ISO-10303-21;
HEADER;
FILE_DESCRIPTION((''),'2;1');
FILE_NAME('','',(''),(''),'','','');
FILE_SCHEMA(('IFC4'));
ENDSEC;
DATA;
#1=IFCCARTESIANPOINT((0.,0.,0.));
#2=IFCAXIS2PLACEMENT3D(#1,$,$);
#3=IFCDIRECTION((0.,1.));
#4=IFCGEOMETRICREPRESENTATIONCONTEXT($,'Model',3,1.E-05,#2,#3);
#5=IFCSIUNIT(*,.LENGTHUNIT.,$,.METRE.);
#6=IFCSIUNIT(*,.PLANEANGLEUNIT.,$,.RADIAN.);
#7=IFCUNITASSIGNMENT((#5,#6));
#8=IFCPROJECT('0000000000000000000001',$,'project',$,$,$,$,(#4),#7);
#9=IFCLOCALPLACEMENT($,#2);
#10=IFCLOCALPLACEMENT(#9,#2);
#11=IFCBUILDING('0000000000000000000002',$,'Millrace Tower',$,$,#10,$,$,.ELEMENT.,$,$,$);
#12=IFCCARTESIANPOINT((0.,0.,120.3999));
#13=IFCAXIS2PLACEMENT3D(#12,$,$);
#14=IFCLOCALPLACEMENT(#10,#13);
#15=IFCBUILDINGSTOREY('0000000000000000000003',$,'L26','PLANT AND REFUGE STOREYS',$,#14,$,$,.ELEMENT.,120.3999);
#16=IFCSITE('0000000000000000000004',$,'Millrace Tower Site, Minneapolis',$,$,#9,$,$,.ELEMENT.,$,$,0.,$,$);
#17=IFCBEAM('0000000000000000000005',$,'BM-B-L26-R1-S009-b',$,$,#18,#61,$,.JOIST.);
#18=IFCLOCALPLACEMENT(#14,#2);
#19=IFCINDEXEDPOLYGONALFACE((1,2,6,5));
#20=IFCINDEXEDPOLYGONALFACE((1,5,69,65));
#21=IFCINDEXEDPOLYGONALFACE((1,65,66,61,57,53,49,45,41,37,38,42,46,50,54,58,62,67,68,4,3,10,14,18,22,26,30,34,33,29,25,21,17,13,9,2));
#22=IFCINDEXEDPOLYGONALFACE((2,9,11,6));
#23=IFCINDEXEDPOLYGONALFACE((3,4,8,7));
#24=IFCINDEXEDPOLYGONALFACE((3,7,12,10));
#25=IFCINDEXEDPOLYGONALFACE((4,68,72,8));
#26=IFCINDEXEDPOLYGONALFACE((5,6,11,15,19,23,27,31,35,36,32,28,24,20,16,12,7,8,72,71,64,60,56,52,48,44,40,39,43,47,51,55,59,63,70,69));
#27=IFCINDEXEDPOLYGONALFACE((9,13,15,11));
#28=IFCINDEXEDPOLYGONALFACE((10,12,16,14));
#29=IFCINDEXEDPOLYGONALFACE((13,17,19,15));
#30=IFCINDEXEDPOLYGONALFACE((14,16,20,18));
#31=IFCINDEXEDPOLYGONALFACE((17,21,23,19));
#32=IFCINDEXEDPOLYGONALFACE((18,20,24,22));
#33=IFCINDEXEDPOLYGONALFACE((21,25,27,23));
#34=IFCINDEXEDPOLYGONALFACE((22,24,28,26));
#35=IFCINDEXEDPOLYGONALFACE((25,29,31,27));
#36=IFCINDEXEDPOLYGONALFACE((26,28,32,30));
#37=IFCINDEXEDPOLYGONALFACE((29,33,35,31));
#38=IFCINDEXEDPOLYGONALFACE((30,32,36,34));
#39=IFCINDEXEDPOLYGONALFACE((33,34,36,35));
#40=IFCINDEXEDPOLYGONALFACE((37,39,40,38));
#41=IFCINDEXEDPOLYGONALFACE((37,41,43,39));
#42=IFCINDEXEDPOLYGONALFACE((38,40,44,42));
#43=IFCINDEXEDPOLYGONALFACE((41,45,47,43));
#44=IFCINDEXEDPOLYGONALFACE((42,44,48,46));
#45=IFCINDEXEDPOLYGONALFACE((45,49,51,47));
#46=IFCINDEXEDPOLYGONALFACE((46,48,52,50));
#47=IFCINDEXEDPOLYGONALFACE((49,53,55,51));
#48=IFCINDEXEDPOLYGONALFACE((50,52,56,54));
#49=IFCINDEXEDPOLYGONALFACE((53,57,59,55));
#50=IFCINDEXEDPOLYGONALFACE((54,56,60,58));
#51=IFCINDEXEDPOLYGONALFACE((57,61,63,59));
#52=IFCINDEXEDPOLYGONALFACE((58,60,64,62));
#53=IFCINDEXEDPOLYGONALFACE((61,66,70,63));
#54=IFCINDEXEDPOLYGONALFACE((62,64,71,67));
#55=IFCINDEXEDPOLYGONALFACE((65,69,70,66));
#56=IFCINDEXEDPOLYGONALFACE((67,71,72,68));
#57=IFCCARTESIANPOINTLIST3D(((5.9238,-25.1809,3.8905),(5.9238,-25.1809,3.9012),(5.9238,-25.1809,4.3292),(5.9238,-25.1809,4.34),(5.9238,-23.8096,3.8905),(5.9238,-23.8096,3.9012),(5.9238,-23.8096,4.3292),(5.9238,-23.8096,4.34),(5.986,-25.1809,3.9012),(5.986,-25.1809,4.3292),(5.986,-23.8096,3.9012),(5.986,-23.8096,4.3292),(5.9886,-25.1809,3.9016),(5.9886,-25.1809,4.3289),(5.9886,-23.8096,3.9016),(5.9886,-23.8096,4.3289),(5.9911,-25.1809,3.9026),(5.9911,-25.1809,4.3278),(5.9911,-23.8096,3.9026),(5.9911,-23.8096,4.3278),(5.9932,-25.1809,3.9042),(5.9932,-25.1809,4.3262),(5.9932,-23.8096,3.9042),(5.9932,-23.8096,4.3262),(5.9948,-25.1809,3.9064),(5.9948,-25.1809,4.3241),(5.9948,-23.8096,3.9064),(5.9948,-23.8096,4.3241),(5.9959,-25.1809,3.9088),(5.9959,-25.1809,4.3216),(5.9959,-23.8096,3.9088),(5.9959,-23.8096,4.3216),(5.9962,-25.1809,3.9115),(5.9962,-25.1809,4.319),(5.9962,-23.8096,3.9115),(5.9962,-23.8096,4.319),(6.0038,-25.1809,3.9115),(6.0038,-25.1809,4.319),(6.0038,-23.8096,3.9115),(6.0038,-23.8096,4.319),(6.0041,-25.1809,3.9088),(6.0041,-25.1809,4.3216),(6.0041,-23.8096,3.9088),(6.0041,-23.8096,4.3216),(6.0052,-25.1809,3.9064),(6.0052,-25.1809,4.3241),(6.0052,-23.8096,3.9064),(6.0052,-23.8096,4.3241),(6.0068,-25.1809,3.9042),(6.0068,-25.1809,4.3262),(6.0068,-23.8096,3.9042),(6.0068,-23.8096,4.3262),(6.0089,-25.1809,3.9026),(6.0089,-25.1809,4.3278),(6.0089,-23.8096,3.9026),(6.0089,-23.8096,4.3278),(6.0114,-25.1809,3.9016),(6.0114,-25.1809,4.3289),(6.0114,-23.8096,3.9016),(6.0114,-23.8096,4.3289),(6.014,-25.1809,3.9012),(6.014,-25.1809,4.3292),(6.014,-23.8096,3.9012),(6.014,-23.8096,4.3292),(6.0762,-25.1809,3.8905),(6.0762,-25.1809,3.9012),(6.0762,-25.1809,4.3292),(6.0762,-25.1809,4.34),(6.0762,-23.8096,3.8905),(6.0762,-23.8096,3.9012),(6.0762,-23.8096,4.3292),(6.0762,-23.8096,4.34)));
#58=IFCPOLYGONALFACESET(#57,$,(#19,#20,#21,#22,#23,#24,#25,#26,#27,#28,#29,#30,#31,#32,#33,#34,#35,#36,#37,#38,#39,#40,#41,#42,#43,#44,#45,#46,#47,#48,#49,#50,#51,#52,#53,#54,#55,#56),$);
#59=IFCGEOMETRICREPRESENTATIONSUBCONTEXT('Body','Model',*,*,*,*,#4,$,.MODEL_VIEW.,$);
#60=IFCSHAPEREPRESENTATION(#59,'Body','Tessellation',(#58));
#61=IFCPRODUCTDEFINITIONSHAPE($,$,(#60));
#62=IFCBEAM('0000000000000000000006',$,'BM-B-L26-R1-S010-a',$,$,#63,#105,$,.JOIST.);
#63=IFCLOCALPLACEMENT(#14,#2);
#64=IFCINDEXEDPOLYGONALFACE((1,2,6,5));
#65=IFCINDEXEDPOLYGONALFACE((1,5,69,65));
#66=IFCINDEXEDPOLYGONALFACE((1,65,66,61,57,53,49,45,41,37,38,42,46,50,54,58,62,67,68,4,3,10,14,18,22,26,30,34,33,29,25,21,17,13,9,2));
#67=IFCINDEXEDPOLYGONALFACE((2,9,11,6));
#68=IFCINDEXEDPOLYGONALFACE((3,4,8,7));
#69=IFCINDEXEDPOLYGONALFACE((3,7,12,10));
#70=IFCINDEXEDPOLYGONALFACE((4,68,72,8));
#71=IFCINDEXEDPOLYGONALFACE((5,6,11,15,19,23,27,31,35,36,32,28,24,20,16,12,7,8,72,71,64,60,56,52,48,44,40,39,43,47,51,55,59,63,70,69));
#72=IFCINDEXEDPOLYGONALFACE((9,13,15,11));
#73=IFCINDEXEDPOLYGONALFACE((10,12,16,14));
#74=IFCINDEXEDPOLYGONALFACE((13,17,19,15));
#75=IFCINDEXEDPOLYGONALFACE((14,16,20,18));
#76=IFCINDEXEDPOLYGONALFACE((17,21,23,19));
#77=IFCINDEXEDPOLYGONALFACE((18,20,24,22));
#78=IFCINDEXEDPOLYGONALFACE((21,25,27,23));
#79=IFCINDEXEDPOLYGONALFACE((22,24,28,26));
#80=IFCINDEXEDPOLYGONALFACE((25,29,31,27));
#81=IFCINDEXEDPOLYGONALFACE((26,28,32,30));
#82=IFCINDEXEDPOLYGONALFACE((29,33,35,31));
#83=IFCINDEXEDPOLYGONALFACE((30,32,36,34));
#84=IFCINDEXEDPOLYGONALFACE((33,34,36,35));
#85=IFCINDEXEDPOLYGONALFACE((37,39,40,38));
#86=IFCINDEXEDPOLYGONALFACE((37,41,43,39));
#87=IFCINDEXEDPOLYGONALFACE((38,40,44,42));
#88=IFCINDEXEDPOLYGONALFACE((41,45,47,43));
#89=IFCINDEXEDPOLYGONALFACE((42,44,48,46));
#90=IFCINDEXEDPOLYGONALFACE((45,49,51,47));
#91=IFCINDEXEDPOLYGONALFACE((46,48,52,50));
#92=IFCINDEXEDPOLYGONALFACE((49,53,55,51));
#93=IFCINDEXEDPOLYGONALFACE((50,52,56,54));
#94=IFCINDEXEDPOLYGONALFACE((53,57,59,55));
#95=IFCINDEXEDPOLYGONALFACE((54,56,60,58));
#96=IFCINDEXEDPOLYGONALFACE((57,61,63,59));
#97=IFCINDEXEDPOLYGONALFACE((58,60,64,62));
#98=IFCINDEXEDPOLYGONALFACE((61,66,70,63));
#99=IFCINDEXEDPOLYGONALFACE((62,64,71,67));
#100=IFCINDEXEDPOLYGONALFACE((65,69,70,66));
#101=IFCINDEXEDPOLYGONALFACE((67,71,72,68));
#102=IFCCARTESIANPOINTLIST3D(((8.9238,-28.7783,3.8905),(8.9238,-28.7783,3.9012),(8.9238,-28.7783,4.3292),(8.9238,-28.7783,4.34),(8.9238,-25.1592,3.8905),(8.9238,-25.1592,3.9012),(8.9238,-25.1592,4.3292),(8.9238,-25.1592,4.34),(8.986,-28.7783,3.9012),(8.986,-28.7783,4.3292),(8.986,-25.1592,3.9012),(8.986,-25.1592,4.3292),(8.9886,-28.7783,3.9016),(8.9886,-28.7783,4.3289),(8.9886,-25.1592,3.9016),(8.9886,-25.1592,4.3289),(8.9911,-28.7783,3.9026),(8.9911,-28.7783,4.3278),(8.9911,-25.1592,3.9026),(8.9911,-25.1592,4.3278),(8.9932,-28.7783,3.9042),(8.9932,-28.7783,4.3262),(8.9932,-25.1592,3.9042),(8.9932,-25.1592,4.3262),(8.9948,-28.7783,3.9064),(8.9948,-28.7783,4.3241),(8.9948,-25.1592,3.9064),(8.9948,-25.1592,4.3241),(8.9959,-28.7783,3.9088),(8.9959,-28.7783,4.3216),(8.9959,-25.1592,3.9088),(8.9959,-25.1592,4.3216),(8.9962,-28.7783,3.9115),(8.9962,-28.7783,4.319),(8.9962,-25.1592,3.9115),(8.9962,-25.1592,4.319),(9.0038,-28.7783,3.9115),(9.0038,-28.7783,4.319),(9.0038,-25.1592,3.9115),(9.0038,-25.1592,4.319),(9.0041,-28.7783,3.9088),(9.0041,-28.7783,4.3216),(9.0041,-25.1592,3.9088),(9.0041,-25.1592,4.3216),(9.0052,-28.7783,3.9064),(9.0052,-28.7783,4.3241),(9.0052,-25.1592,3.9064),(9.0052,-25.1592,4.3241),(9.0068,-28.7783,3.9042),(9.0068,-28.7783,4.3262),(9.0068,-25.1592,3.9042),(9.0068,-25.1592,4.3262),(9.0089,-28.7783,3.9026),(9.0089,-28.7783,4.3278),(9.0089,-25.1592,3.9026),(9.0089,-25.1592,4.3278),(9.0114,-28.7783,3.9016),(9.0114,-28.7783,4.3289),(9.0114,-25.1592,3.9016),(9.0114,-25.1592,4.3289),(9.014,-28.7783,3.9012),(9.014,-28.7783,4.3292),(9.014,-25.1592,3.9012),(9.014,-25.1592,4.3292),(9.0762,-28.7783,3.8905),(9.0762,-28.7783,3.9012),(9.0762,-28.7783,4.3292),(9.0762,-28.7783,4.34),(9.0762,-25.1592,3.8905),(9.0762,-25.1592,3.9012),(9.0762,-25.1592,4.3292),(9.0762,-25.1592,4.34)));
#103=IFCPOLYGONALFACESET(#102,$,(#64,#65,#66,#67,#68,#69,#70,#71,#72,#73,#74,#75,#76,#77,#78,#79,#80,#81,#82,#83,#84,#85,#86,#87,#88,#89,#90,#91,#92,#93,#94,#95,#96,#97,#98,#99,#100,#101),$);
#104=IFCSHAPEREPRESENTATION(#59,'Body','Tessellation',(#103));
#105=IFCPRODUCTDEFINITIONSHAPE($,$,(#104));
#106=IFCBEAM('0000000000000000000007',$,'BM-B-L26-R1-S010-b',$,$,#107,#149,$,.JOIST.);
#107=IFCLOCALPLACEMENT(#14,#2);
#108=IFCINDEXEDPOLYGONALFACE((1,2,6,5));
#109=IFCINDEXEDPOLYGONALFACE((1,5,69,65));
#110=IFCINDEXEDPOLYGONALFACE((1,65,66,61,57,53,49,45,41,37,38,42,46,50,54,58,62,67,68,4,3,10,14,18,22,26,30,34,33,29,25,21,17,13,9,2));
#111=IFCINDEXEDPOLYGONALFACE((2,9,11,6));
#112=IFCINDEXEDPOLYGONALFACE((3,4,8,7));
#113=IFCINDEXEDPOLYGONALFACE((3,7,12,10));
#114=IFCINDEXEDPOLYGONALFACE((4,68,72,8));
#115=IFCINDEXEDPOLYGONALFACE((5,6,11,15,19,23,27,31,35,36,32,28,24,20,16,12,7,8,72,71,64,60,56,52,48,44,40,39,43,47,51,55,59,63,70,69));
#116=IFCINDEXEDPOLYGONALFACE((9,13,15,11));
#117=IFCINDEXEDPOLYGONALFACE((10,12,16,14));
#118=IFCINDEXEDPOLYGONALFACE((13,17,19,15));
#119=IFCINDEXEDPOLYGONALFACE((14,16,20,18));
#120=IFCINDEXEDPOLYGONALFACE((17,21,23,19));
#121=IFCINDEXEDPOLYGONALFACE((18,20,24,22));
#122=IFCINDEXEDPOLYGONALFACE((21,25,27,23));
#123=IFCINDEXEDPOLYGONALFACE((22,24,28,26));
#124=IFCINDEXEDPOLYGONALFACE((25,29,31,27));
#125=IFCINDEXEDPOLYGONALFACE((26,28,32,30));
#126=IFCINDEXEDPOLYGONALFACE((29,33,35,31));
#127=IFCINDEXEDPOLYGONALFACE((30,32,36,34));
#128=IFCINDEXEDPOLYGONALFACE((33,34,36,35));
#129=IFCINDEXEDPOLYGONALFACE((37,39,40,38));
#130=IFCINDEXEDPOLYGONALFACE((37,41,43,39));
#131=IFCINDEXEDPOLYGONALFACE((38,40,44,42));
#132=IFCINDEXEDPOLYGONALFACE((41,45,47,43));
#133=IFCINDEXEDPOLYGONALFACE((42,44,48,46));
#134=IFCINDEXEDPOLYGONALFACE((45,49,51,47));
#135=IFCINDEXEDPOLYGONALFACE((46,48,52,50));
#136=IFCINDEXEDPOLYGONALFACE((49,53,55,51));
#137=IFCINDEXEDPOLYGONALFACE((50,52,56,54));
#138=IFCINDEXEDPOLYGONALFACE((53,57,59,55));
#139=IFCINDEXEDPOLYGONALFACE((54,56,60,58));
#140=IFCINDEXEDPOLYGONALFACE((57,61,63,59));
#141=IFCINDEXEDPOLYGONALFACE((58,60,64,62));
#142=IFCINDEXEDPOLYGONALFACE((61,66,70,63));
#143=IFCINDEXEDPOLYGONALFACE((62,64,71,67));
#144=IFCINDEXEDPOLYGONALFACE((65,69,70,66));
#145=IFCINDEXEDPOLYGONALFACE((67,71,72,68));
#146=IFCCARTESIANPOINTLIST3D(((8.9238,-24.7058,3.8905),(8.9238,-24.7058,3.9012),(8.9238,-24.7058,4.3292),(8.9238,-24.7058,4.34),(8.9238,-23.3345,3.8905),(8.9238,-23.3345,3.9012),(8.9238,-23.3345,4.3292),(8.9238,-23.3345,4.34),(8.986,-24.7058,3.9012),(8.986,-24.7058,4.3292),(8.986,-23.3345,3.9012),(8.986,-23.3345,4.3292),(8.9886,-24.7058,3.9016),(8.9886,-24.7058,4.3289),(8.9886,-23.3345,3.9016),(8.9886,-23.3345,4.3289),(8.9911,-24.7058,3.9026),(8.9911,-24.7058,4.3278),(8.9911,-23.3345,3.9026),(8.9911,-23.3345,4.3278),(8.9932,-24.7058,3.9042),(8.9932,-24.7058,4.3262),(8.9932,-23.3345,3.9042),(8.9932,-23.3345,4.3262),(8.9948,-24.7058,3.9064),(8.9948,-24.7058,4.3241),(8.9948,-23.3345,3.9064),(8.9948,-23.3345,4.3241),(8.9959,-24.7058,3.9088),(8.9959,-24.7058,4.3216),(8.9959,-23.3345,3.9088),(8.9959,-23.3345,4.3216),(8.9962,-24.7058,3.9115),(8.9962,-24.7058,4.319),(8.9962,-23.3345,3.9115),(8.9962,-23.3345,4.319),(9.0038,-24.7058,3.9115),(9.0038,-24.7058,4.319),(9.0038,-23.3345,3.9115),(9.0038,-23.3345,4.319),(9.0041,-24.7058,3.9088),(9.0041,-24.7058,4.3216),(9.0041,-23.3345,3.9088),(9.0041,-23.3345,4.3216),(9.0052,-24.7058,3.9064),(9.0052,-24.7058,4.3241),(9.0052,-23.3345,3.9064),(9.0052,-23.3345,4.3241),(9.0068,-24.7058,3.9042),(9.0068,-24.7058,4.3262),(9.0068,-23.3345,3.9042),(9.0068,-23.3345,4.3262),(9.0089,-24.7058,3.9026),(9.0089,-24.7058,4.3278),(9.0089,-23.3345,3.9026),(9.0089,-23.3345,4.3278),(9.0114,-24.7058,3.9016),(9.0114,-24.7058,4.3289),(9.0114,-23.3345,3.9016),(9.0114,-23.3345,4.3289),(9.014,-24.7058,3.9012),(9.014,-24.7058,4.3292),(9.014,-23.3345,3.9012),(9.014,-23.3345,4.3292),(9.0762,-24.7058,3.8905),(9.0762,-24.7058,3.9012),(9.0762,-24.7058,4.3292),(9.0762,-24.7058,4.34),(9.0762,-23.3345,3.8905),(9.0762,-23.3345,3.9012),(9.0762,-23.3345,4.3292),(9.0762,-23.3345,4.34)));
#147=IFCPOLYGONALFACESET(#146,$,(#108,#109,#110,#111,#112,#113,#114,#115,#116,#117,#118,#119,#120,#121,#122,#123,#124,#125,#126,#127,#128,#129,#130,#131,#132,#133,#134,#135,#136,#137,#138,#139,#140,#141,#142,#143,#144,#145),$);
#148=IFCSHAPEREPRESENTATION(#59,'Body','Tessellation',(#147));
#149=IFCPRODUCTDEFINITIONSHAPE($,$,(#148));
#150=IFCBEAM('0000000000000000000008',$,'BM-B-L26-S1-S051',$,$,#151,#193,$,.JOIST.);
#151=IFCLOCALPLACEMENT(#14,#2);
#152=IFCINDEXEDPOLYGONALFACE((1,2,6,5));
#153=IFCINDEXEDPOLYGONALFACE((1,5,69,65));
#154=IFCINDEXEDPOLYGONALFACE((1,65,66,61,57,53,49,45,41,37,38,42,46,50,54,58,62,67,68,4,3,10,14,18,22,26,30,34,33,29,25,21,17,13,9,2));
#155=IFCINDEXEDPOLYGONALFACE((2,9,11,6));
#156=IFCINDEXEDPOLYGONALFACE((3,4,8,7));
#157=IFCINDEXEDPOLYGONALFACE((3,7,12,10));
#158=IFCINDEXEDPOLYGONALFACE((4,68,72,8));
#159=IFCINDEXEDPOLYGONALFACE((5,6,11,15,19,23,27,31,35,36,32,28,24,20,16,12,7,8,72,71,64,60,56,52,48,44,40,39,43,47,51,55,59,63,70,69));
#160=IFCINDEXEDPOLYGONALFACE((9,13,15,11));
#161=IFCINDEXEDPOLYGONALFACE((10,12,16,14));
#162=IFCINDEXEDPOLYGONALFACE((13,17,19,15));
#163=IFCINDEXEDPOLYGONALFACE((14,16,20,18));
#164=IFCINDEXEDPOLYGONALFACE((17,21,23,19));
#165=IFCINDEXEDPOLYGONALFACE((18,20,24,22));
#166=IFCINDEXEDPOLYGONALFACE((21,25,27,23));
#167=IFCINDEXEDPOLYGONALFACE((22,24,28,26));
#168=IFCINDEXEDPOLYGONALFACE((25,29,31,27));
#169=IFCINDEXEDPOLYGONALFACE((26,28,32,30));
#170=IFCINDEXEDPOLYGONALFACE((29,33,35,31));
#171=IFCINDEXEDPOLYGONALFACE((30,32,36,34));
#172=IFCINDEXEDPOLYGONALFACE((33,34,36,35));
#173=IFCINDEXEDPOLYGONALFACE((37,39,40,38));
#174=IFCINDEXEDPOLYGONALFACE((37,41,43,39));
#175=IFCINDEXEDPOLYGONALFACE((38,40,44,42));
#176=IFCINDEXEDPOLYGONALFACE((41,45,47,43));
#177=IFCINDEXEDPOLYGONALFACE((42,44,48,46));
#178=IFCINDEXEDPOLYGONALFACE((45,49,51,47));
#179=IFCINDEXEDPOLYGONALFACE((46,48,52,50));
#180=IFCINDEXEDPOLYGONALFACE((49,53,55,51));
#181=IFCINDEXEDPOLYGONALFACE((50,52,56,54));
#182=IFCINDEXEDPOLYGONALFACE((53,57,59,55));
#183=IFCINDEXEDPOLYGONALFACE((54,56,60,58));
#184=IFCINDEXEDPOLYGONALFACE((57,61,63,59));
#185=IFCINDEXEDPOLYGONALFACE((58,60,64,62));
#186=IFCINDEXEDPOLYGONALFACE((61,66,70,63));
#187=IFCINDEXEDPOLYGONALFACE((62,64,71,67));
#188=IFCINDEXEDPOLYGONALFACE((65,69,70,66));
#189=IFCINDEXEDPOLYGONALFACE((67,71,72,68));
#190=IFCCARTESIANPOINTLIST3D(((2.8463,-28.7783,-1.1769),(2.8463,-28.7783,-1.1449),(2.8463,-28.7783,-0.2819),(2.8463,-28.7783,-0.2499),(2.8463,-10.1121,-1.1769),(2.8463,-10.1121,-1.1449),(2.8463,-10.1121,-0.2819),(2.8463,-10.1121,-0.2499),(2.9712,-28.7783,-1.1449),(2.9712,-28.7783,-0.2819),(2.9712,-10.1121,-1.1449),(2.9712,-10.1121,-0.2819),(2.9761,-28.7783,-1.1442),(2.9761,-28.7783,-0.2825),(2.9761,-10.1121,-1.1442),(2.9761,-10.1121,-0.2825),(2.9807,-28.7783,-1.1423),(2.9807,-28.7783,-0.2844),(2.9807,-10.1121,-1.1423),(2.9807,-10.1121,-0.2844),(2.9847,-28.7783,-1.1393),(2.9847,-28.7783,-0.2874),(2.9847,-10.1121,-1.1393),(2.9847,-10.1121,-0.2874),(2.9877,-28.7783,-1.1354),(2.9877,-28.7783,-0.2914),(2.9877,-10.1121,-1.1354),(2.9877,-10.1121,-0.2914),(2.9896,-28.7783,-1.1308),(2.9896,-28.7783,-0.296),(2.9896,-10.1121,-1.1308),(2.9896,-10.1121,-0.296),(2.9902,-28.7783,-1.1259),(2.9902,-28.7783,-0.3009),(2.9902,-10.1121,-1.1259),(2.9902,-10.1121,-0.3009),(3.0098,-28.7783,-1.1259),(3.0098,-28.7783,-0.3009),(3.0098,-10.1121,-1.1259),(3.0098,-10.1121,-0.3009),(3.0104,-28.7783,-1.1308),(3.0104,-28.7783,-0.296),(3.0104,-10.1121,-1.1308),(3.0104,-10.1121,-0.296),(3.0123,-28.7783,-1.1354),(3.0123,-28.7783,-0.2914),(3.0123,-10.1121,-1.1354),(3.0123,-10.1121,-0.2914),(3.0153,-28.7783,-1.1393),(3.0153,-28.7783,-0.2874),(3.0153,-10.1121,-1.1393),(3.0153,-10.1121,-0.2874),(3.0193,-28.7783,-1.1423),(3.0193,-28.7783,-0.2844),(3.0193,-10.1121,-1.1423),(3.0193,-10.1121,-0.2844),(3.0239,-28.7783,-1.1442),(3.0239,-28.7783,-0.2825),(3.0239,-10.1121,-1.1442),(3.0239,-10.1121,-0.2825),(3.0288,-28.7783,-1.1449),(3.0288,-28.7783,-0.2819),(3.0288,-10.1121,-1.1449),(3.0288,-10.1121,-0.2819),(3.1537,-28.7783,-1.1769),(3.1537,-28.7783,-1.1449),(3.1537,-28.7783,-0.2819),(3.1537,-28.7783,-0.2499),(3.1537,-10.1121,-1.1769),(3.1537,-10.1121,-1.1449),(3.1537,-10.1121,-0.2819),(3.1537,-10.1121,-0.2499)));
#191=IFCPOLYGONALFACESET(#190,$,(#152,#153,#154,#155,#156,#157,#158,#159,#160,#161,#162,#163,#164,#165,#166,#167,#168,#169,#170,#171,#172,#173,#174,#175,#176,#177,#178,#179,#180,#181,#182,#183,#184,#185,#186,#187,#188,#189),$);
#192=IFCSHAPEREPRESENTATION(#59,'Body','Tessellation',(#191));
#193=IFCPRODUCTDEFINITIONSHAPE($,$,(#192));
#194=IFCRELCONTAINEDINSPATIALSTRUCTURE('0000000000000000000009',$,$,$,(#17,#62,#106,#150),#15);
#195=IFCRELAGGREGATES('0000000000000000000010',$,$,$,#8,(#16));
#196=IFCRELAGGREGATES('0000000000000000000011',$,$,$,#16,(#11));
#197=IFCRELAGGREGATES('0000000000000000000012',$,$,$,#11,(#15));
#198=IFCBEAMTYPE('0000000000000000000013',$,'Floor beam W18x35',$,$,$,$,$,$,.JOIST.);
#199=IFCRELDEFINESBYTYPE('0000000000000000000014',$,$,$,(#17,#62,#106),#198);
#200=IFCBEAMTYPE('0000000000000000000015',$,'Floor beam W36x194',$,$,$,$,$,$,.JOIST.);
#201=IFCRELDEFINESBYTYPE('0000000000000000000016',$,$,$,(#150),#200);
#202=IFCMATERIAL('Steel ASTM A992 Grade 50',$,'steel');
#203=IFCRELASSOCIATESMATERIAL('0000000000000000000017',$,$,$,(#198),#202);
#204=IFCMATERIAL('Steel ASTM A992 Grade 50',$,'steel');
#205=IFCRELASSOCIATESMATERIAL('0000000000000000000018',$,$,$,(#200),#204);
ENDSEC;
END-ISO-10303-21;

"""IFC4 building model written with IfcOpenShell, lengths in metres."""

from ifc_helpers import new_model, si_unit, direction, frame, origin, origin_2d, place, context, subcontext, project, spatial, i_section, extrude, material, material_profile, profile_set, type_object, element, save


model = new_model("IFC4")

# Units and contexts
model_context = context("Model", 3, precision=1e-05, world=origin(), true_north=direction((0.0, 1.0)))
body_context = subcontext(model_context, "Body", "Model", "MODEL_VIEW")
ifc_project = project(units=[si_unit("LENGTHUNIT", "METRE"), si_unit("PLANEANGLEUNIT", "RADIAN")], contexts=[model_context])

# Site, building, storey
site_placement = place(None, origin())
site = spatial("IfcSite", under=ifc_project, at=site_placement, Name="Millrace Tower Site, Minneapolis", CompositionType="ELEMENT", RefElevation=0.0)
building_placement = place(site_placement, origin())
building = spatial("IfcBuilding", under=site, at=building_placement, Name="Millrace Tower", CompositionType="ELEMENT")
storey_placement = place(building_placement, frame((0.0, 0.0, 120.3999)))
storey = spatial("IfcBuildingStorey", under=building, at=storey_placement, Name="L26", Description="PLANT AND REFUGE STOREYS", CompositionType="ELEMENT", Elevation=120.3999)

# Beams
ifc_material_1 = material(Name="Steel ASTM A992 Grade 50", Category="steel")
ifc_material_profile_1 = material_profile(ifc_material_1, i_section(OverallWidth=0.1523, OverallDepth=0.4495, WebThickness=0.0076, FlangeThickness=0.0107, FilletRadius=0.0103, at=origin_2d()))
ifc_profile_set_1 = profile_set([ifc_material_profile_1], Name="Steel ASTM A992 Grade 50")
beam_type_1 = type_object("IfcBeamType", Name="Floor beam W18x35", PredefinedType="JOIST", material=ifc_profile_set_1)
beam_1_placement = place(storey_placement, frame((6.0, -25.1809, 4.1152), z_axis=(0.0, 1.0, 0.0), x_axis=(-1.0, 0.0, 0.0)))
element("IfcBeam", 1, at=beam_1_placement, inside=storey, type_object=beam_type_1, Name="BM-B-L26-R1-S009-b", PredefinedType="JOIST", context=body_context, shape_type="SweptSolid", body=[
    extrude(i_section(OverallWidth=0.1523, OverallDepth=0.4495, WebThickness=0.0076, FlangeThickness=0.0107, FilletRadius=0.0103, at=origin_2d()), origin(), (0.0, 0.0, 1.0), 1.3713),
])
beam_2_placement = place(storey_placement, frame((9.0, -28.7783, 4.1152), z_axis=(0.0, 1.0, 0.0), x_axis=(-1.0, 0.0, 0.0)))
element("IfcBeam", 2, at=beam_2_placement, inside=storey, type_object=beam_type_1, Name="BM-B-L26-R1-S010-a", PredefinedType="JOIST", context=body_context, shape_type="SweptSolid", body=[
    extrude(i_section(OverallWidth=0.1523, OverallDepth=0.4495, WebThickness=0.0076, FlangeThickness=0.0107, FilletRadius=0.0103, at=origin_2d()), origin(), (0.0, 0.0, 1.0), 3.6191),
])
beam_3_placement = place(storey_placement, frame((9.0, -24.7058, 4.1152), z_axis=(0.0, 1.0, 0.0), x_axis=(-1.0, 0.0, 0.0)))
element("IfcBeam", 3, at=beam_3_placement, inside=storey, type_object=beam_type_1, Name="BM-B-L26-R1-S010-b", PredefinedType="JOIST", context=body_context, shape_type="SweptSolid", body=[
    extrude(i_section(OverallWidth=0.1523, OverallDepth=0.4495, WebThickness=0.0076, FlangeThickness=0.0107, FilletRadius=0.0103, at=origin_2d()), origin(), (0.0, 0.0, 1.0), 1.3713),
])
ifc_material_2 = material(Name="Steel ASTM A992 Grade 50", Category="steel")
ifc_material_profile_2 = material_profile(ifc_material_2, i_section(OverallWidth=0.3074, OverallDepth=0.927, WebThickness=0.0195, FlangeThickness=0.032, FilletRadius=0.019, at=origin_2d()))
ifc_profile_set_2 = profile_set([ifc_material_profile_2], Name="Steel ASTM A992 Grade 50")
beam_type_2 = type_object("IfcBeamType", Name="Floor beam W36x194", PredefinedType="JOIST", material=ifc_profile_set_2)
beam_4_placement = place(storey_placement, frame((3.0, -28.7783, -0.7134), z_axis=(0.0, 1.0, 0.0), x_axis=(-1.0, 0.0, 0.0)))
element("IfcBeam", 4, at=beam_4_placement, inside=storey, type_object=beam_type_2, Name="BM-B-L26-S1-S051", PredefinedType="JOIST", context=body_context, shape_type="SweptSolid", body=[
    extrude(i_section(OverallWidth=0.3074, OverallDepth=0.927, WebThickness=0.0195, FlangeThickness=0.032, FilletRadius=0.019, at=origin_2d()), origin(), (0.0, 0.0, 1.0), 18.6663),
])

save(model, "model.ifc")
